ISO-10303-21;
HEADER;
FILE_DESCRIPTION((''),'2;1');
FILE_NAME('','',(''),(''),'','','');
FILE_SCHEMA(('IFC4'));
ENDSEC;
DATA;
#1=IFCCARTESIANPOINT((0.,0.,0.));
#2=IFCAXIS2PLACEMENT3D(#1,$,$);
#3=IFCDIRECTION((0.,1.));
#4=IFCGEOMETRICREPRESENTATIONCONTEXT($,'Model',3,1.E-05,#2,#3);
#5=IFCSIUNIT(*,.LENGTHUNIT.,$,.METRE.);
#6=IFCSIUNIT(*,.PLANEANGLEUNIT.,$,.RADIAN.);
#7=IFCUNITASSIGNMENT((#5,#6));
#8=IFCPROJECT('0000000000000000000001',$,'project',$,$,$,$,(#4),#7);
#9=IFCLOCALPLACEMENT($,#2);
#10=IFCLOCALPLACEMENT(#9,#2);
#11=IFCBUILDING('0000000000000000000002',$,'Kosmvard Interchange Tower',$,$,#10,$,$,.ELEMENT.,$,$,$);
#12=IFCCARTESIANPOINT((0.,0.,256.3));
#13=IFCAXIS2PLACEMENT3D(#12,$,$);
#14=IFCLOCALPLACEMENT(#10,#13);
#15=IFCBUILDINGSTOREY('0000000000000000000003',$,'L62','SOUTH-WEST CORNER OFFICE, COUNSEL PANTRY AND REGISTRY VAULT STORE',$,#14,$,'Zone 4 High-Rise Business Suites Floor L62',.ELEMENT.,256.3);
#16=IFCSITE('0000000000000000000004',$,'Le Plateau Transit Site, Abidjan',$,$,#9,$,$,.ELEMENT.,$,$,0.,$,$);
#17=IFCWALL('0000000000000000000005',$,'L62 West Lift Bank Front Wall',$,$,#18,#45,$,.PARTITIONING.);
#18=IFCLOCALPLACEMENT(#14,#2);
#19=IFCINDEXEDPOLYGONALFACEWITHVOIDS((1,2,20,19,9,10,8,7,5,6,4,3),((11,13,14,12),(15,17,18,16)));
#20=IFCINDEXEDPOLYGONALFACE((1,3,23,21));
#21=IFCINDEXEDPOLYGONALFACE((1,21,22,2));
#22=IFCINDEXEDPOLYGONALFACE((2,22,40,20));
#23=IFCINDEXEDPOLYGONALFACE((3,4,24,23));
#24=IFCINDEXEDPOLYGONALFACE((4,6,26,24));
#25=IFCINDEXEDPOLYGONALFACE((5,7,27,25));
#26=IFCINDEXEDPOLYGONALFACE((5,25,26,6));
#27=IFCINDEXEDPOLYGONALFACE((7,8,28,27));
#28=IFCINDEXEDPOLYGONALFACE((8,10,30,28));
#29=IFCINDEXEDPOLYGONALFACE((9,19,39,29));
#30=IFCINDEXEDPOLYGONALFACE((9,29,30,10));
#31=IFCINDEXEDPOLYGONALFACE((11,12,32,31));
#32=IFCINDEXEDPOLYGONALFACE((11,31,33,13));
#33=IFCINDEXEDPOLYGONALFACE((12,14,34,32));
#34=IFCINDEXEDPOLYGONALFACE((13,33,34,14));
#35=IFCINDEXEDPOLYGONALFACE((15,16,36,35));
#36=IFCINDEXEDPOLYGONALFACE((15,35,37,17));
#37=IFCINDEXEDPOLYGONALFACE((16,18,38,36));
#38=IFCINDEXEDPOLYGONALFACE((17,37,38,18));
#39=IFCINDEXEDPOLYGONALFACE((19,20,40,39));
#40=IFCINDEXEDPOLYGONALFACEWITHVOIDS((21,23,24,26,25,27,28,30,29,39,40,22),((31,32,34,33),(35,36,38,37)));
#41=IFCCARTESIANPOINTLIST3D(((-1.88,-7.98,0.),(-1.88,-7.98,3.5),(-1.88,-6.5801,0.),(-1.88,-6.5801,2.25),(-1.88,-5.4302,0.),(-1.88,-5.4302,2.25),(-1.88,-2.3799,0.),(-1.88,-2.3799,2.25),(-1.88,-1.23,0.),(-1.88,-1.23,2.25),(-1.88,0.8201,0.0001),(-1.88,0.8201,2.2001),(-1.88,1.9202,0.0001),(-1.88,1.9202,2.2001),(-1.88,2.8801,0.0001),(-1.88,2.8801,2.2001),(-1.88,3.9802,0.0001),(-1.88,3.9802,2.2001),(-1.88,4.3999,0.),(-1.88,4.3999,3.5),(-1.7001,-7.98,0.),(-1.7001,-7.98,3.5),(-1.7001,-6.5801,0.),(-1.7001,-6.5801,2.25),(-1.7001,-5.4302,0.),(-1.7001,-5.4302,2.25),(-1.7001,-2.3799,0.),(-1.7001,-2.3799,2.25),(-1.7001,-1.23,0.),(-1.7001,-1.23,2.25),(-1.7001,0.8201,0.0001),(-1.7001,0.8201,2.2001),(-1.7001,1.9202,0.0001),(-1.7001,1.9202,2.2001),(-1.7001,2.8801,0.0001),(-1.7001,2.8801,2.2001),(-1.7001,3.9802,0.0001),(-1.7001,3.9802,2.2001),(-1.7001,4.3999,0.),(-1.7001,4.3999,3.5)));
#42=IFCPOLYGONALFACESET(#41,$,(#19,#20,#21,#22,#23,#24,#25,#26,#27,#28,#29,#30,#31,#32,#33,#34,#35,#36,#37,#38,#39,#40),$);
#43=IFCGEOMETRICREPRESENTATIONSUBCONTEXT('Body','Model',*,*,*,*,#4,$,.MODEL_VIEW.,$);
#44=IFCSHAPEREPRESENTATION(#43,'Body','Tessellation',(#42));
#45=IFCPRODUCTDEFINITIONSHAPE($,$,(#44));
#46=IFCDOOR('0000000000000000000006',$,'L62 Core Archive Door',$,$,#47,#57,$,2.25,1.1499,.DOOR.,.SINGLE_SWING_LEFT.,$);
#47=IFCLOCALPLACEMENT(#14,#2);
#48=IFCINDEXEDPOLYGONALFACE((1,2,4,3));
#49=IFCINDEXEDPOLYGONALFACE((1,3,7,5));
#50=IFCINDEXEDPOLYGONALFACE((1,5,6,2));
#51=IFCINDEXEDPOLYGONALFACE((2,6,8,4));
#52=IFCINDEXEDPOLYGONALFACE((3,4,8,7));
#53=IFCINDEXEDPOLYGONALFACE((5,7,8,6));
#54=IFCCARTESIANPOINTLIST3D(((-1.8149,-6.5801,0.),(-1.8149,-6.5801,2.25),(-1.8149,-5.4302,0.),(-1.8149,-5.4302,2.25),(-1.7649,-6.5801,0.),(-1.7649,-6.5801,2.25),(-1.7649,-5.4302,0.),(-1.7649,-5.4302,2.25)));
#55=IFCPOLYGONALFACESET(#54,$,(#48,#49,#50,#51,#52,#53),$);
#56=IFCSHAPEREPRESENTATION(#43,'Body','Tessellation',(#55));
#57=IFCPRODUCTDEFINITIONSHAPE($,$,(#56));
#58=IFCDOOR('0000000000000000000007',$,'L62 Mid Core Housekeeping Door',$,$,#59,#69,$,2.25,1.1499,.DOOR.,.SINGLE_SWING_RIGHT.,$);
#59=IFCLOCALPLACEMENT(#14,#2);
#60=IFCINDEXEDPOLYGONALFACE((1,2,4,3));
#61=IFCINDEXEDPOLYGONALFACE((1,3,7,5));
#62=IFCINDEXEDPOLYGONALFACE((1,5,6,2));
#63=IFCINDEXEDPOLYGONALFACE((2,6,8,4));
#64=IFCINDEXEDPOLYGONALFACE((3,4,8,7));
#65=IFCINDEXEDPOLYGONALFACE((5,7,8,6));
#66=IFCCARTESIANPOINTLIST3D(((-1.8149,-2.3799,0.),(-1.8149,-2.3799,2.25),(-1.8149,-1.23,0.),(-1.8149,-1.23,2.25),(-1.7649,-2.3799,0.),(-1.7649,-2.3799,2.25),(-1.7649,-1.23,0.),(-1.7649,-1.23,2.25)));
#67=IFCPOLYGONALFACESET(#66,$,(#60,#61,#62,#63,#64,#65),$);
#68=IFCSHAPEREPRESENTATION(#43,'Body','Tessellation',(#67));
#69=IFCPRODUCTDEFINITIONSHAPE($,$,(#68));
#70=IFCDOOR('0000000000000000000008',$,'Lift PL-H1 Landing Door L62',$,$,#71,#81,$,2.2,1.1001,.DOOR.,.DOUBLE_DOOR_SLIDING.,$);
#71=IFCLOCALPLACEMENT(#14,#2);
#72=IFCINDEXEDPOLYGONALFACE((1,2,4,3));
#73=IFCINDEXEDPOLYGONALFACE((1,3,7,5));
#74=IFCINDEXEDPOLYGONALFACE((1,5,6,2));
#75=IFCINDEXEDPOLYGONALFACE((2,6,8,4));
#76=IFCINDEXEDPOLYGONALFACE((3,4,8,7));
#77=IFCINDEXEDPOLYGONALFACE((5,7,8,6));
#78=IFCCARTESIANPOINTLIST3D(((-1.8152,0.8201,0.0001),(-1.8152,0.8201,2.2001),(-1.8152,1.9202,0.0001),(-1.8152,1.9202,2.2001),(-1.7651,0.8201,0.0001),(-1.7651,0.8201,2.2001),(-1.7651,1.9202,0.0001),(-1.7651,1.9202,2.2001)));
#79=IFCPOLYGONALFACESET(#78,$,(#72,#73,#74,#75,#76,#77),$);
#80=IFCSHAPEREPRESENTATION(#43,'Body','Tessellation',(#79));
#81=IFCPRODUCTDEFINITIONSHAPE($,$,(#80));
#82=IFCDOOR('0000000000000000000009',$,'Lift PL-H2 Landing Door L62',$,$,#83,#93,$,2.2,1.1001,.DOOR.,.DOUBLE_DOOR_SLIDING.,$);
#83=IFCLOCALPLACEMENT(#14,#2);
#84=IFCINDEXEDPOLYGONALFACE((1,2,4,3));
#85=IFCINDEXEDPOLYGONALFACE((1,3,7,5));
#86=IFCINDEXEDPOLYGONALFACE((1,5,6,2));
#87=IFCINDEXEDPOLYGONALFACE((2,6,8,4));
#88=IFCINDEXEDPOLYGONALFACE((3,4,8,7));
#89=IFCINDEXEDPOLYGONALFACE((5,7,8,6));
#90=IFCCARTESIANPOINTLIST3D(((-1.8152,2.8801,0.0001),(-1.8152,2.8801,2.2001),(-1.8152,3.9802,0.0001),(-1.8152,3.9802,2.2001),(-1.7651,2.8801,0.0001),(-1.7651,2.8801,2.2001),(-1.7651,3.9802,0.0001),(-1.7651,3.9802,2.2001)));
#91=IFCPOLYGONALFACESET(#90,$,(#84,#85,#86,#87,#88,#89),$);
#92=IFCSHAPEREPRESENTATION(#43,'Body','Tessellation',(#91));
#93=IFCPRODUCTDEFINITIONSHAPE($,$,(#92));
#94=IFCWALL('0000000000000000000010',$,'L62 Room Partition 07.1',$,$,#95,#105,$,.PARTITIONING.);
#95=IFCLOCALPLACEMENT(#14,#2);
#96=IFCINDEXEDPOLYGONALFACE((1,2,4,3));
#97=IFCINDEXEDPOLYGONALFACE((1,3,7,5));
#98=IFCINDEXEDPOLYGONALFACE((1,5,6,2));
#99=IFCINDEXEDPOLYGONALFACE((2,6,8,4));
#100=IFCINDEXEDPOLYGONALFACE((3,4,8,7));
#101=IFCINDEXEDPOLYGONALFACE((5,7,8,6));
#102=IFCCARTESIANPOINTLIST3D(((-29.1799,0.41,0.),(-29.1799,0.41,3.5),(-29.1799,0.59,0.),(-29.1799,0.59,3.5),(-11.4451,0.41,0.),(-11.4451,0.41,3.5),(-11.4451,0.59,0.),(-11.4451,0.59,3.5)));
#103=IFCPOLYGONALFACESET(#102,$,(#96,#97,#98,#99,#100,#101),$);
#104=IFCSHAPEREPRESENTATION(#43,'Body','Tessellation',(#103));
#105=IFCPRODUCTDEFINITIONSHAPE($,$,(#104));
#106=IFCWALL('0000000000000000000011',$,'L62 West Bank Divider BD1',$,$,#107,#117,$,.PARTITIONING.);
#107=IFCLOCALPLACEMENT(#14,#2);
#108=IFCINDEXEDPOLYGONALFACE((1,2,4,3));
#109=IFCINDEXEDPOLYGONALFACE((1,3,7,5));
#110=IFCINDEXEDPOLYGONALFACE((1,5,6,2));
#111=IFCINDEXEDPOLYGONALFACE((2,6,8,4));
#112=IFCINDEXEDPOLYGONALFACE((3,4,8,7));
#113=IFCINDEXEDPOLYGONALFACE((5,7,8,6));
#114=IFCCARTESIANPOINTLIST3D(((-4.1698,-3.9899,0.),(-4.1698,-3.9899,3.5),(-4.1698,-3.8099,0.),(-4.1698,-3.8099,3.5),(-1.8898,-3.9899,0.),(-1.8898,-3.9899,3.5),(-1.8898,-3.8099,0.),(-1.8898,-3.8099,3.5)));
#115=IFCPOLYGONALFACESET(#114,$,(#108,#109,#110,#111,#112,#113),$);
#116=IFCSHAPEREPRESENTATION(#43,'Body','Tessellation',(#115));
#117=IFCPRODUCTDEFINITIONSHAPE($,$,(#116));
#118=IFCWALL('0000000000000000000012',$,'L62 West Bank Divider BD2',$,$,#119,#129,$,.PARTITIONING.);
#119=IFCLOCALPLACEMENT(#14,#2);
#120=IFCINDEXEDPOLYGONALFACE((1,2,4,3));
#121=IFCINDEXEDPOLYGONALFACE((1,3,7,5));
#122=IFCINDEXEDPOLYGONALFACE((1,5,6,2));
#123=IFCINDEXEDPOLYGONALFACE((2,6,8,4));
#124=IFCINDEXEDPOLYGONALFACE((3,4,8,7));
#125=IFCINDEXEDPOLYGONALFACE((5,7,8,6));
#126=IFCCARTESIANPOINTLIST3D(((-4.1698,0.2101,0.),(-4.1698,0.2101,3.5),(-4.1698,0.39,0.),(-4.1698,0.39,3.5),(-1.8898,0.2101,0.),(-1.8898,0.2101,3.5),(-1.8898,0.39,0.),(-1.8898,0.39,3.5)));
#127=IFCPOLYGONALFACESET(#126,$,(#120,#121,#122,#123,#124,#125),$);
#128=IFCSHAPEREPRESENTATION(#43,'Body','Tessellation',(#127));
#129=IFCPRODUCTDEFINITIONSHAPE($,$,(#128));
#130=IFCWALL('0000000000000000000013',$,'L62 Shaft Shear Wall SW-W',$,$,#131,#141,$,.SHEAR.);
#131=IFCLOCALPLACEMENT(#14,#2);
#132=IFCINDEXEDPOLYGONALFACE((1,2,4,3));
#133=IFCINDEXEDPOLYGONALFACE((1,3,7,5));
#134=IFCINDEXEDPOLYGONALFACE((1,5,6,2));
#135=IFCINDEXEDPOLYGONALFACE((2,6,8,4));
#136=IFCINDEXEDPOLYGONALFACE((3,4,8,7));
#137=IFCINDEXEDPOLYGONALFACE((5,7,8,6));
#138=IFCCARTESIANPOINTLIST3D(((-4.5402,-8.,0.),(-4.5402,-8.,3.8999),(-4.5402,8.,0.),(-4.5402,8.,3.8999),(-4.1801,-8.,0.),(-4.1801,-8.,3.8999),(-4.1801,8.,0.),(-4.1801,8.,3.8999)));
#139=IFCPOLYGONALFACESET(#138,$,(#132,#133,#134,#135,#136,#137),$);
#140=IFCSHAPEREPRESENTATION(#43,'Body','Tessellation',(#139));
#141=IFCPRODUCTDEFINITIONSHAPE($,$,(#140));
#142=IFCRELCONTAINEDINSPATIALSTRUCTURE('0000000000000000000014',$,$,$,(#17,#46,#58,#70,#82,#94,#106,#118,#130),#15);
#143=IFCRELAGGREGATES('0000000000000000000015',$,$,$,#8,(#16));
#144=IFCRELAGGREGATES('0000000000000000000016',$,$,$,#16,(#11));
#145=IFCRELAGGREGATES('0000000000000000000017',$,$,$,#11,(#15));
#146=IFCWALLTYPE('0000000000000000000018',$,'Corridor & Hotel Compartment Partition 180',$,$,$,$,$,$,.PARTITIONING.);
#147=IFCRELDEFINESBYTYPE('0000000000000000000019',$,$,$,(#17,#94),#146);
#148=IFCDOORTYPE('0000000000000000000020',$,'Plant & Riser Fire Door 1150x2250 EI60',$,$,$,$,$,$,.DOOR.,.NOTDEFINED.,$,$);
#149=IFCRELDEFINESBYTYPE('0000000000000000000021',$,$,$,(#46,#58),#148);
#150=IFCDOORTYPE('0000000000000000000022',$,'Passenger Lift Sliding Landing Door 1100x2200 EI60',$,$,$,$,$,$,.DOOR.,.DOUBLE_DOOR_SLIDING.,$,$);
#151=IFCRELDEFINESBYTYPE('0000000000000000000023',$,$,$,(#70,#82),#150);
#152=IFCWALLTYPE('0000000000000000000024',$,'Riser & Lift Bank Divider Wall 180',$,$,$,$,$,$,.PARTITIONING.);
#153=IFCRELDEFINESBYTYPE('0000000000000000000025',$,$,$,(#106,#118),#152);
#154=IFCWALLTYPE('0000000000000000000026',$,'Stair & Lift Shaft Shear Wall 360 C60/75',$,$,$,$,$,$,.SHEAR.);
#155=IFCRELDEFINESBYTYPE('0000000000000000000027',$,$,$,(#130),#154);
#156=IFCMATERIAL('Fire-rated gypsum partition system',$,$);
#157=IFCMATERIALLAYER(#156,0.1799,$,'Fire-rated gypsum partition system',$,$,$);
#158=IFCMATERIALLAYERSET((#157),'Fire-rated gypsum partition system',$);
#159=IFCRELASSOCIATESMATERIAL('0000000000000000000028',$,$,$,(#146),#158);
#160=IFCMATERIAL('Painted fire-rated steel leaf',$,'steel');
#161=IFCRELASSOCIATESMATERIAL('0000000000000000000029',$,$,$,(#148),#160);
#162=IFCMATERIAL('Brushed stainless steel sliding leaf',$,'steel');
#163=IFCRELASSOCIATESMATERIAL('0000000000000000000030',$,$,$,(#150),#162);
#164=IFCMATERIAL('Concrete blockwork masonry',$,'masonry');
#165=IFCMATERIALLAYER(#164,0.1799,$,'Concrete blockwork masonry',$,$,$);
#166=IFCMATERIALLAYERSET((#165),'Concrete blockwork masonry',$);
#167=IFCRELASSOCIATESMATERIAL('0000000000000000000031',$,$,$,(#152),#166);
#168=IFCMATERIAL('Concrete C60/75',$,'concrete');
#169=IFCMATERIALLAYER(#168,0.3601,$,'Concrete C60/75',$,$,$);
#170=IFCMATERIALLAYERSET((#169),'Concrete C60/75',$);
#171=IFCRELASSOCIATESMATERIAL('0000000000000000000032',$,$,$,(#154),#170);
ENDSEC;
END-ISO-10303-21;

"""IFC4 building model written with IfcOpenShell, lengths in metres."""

from ifc_helpers import new_model, si_unit, direction, frame, frame_2d, origin, place, context, subcontext, project, spatial, rectangle, extrude, source, transform, mapped, material, layer, layer_set, type_object, element, fill, save


model = new_model("IFC4")

# Units and contexts
model_context = context("Model", 3, precision=1e-05, world=origin(), true_north=direction((0.0, 1.0)))
body_context = subcontext(model_context, "Body", "Model", "MODEL_VIEW")
ifc_project = project(units=[si_unit("LENGTHUNIT", "METRE"), si_unit("PLANEANGLEUNIT", "RADIAN")], contexts=[model_context])

# Site, building, storey
site_placement = place(None, origin())
site = spatial("IfcSite", under=ifc_project, at=site_placement, Name="Le Plateau Transit Site, Abidjan", CompositionType="ELEMENT", RefElevation=0.0)
building_placement = place(site_placement, origin())
building = spatial("IfcBuilding", under=site, at=building_placement, Name="Kosmvard Interchange Tower", CompositionType="ELEMENT")
storey_placement = place(building_placement, frame((0.0, 0.0, 256.3)))
storey = spatial("IfcBuildingStorey", under=building, at=storey_placement, Name="L62", Description="SOUTH-WEST CORNER OFFICE, COUNSEL PANTRY AND REGISTRY VAULT STORE", LongName="Zone 4 High-Rise Business Suites Floor L62", CompositionType="ELEMENT", Elevation=256.3)

# Shared definitions
ifc_material_1 = material(Name="Concrete C60/75", Category="concrete")

# Wall, openings, doors
ifc_material_2 = material(Name="Fire-rated gypsum partition system")
ifc_layer_1 = layer(ifc_material_2, 0.1799, Name="Fire-rated gypsum partition system")
ifc_layer_set_1 = layer_set([ifc_layer_1], Name="Fire-rated gypsum partition system")
wall_type_1 = type_object("IfcWallType", Name="Corridor & Hotel Compartment Partition 180", PredefinedType="PARTITIONING", material=ifc_layer_set_1)
wall_1_placement = place(storey_placement, frame((-1.79, -7.98, 0.0), z_axis=(0.0, 0.0, 1.0), x_axis=(0.0, 1.0, 0.0)))
wall_1 = element("IfcWall", 1, at=wall_1_placement, inside=storey, type_object=wall_type_1, Name="L62 West Lift Bank Front Wall", PredefinedType="PARTITIONING", context=body_context, shape_type="SweptSolid", body=[
    extrude(rectangle(XDim=12.3799, YDim=0.1799, at=frame_2d((6.1899, 0.0))), origin(), (0.0, 0.0, 1.0), 3.5),
])
opening_1_placement = place(wall_1_placement, frame((8.8, 0.0, 0.0)))
opening_1 = element("IfcOpeningElement", 2, at=opening_1_placement, cuts=wall_1, PredefinedType="OPENING", context=body_context, shape_type="SweptSolid", body=[
    extrude(rectangle(XDim=1.1001, YDim=2.2, at=frame_2d((0.55, 1.1001))), frame((0.0, 0.1001, 0.0), z_axis=(0.0, -1.0, 0.0), x_axis=(1.0, 0.0, 0.0)), (0.0, 0.0, 1.0), 0.2),
])
opening_2_placement = place(wall_1_placement, frame((10.8601, 0.0, 0.0)))
opening_2 = element("IfcOpeningElement", 3, at=opening_2_placement, cuts=wall_1, PredefinedType="OPENING", context=body_context, shape_type="SweptSolid", body=[
    extrude(rectangle(XDim=1.1001, YDim=2.2, at=frame_2d((0.55, 1.1001))), frame((0.0, 0.1001, 0.0), z_axis=(0.0, -1.0, 0.0), x_axis=(1.0, 0.0, 0.0)), (0.0, 0.0, 1.0), 0.2),
])
opening_3_placement = place(wall_1_placement, frame((1.3999, 0.0, 0.0)))
opening_3 = element("IfcOpeningElement", 4, at=opening_3_placement, cuts=wall_1, PredefinedType="OPENING", context=body_context, shape_type="SweptSolid", body=[
    extrude(rectangle(XDim=1.1499, YDim=2.25, at=frame_2d((0.575, 1.125))), frame((0.0, 0.1001, 0.0), z_axis=(0.0, -1.0, 0.0), x_axis=(1.0, 0.0, 0.0)), (0.0, 0.0, 1.0), 0.2),
])
opening_4_placement = place(wall_1_placement, frame((5.6001, 0.0, 0.0)))
opening_4 = element("IfcOpeningElement", 5, at=opening_4_placement, cuts=wall_1, PredefinedType="OPENING", context=body_context, shape_type="SweptSolid", body=[
    extrude(rectangle(XDim=1.1499, YDim=2.25, at=frame_2d((0.575, 1.125))), frame((0.0, 0.1001, 0.0), z_axis=(0.0, -1.0, 0.0), x_axis=(1.0, 0.0, 0.0)), (0.0, 0.0, 1.0), 0.2),
])
ifc_material_3 = material(Name="Painted fire-rated steel leaf", Category="steel")
door_type_1 = type_object("IfcDoorType", Name="Plant & Riser Fire Door 1150x2250 EI60", OperationType="NOTDEFINED", PredefinedType="DOOR", material=ifc_material_3)
shared_shape_1 = source(origin(), body_context, "Body", "SweptSolid", [
    extrude(rectangle(XDim=1.1499, YDim=2.25, at=frame_2d((0.575, 1.125))), frame((0.0, 0.0249, 0.0), z_axis=(0.0, -1.0, 0.0), x_axis=(1.0, 0.0, 0.0)), (0.0, 0.0, 1.0), 0.05),
])
door_1_placement = place(opening_3_placement, origin())
door_1 = element("IfcDoor", 6, at=door_1_placement, inside=storey, type_object=door_type_1, Name="L62 Core Archive Door", OperationType="SINGLE_SWING_LEFT", OverallHeight=2.25, OverallWidth=1.1499, PredefinedType="DOOR", context=body_context, shape_type="MappedRepresentation", body=[
    mapped(shared_shape_1, transform((0.0, 0.0, 0.0), scale=1.0)),
])
fill(opening_3, door_1)
door_2_placement = place(opening_4_placement, origin())
door_2 = element("IfcDoor", 7, at=door_2_placement, inside=storey, type_object=door_type_1, Name="L62 Mid Core Housekeeping Door", OperationType="SINGLE_SWING_RIGHT", OverallHeight=2.25, OverallWidth=1.1499, PredefinedType="DOOR", context=body_context, shape_type="MappedRepresentation", body=[
    mapped(shared_shape_1, transform((0.0, 0.0, 0.0), scale=1.0)),
])
fill(opening_4, door_2)
ifc_material_4 = material(Name="Brushed stainless steel sliding leaf", Category="steel")
door_type_2 = type_object("IfcDoorType", Name="Passenger Lift Sliding Landing Door 1100x2200 EI60", OperationType="DOUBLE_DOOR_SLIDING", PredefinedType="DOOR", material=ifc_material_4)
shared_shape_2 = source(origin(), body_context, "Body", "SweptSolid", [
    extrude(rectangle(XDim=1.1001, YDim=2.2, at=frame_2d((0.55, 1.1001))), frame((0.0, 0.0249, 0.0), z_axis=(0.0, -1.0, 0.0), x_axis=(1.0, 0.0, 0.0)), (0.0, 0.0, 1.0), 0.05),
])
door_3_placement = place(opening_1_placement, frame((1.1001, 0.0, 0.0), z_axis=(0.0, 0.0, 1.0), x_axis=(-1.0, 0.0, 0.0)))
door_3 = element("IfcDoor", 8, at=door_3_placement, inside=storey, type_object=door_type_2, Name="Lift PL-H1 Landing Door L62", OperationType="DOUBLE_DOOR_SLIDING", OverallHeight=2.2, OverallWidth=1.1001, PredefinedType="DOOR", context=body_context, shape_type="MappedRepresentation", body=[
    mapped(shared_shape_2, transform((0.0, 0.0, 0.0), scale=1.0)),
])
fill(opening_1, door_3)
door_4_placement = place(opening_2_placement, frame((1.1001, 0.0, 0.0), z_axis=(0.0, 0.0, 1.0), x_axis=(-1.0, 0.0, 0.0)))
door_4 = element("IfcDoor", 9, at=door_4_placement, inside=storey, type_object=door_type_2, Name="Lift PL-H2 Landing Door L62", OperationType="DOUBLE_DOOR_SLIDING", OverallHeight=2.2, OverallWidth=1.1001, PredefinedType="DOOR", context=body_context, shape_type="MappedRepresentation", body=[
    mapped(shared_shape_2, transform((0.0, 0.0, 0.0), scale=1.0)),
])
fill(opening_2, door_4)

# Walls
wall_2_placement = place(storey_placement, frame((-11.4451, 0.5, 0.0), z_axis=(0.0, 0.0, 1.0), x_axis=(-1.0, 0.0, 0.0)))
element("IfcWall", 10, at=wall_2_placement, inside=storey, type_object=wall_type_1, Name="L62 Room Partition 07.1", PredefinedType="PARTITIONING", context=body_context, shape_type="SweptSolid", body=[
    extrude(rectangle(XDim=17.7349, YDim=0.1799, at=frame_2d((8.8674, 0.0))), origin(), (0.0, 0.0, 1.0), 3.5),
])
ifc_material_5 = material(Name="Concrete blockwork masonry", Category="masonry")
ifc_layer_2 = layer(ifc_material_5, 0.1799, Name="Concrete blockwork masonry")
ifc_layer_set_2 = layer_set([ifc_layer_2], Name="Concrete blockwork masonry")
wall_type_2 = type_object("IfcWallType", Name="Riser & Lift Bank Divider Wall 180", PredefinedType="PARTITIONING", material=ifc_layer_set_2)
for number, where, z_axis, x_axis, name in (
    (11, (-4.1699, -3.8999, 0.0), (0.0, 0.0, 1.0), (1.0, 0.0, 0.0), "L62 West Bank Divider BD1"),
    (12, (-4.1699, 0.3, 0.0), (0.0, 0.0, 1.0), (1.0, 0.0, 0.0), "L62 West Bank Divider BD2"),
):
    element("IfcWall", number, at=place(storey_placement, frame(where, z_axis=z_axis, x_axis=x_axis)), inside=storey, type_object=wall_type_2, Name=name, PredefinedType="PARTITIONING", context=body_context, shape_type="SweptSolid", body=[
        extrude(rectangle(XDim=2.28, YDim=0.1799, at=frame_2d((1.1401, 0.0))), origin(), (0.0, 0.0, 1.0), 3.5),
    ])
ifc_layer_3 = layer(ifc_material_1, 0.3601, Name="Concrete C60/75")
ifc_layer_set_3 = layer_set([ifc_layer_3], Name="Concrete C60/75")
wall_type_3 = type_object("IfcWallType", Name="Stair & Lift Shaft Shear Wall 360 C60/75", PredefinedType="SHEAR", material=ifc_layer_set_3)
wall_3_placement = place(storey_placement, frame((-4.3601, -8.0, 0.0), z_axis=(0.0, 0.0, 1.0), x_axis=(0.0, 1.0, 0.0)))
element("IfcWall", 13, at=wall_3_placement, inside=storey, type_object=wall_type_3, Name="L62 Shaft Shear Wall SW-W", PredefinedType="SHEAR", context=body_context, shape_type="SweptSolid", body=[
    extrude(rectangle(XDim=16.0, YDim=0.3601, at=frame_2d((8.0, 0.0))), origin(), (0.0, 0.0, 1.0), 3.8999),
])

save(model, "model.ifc")
